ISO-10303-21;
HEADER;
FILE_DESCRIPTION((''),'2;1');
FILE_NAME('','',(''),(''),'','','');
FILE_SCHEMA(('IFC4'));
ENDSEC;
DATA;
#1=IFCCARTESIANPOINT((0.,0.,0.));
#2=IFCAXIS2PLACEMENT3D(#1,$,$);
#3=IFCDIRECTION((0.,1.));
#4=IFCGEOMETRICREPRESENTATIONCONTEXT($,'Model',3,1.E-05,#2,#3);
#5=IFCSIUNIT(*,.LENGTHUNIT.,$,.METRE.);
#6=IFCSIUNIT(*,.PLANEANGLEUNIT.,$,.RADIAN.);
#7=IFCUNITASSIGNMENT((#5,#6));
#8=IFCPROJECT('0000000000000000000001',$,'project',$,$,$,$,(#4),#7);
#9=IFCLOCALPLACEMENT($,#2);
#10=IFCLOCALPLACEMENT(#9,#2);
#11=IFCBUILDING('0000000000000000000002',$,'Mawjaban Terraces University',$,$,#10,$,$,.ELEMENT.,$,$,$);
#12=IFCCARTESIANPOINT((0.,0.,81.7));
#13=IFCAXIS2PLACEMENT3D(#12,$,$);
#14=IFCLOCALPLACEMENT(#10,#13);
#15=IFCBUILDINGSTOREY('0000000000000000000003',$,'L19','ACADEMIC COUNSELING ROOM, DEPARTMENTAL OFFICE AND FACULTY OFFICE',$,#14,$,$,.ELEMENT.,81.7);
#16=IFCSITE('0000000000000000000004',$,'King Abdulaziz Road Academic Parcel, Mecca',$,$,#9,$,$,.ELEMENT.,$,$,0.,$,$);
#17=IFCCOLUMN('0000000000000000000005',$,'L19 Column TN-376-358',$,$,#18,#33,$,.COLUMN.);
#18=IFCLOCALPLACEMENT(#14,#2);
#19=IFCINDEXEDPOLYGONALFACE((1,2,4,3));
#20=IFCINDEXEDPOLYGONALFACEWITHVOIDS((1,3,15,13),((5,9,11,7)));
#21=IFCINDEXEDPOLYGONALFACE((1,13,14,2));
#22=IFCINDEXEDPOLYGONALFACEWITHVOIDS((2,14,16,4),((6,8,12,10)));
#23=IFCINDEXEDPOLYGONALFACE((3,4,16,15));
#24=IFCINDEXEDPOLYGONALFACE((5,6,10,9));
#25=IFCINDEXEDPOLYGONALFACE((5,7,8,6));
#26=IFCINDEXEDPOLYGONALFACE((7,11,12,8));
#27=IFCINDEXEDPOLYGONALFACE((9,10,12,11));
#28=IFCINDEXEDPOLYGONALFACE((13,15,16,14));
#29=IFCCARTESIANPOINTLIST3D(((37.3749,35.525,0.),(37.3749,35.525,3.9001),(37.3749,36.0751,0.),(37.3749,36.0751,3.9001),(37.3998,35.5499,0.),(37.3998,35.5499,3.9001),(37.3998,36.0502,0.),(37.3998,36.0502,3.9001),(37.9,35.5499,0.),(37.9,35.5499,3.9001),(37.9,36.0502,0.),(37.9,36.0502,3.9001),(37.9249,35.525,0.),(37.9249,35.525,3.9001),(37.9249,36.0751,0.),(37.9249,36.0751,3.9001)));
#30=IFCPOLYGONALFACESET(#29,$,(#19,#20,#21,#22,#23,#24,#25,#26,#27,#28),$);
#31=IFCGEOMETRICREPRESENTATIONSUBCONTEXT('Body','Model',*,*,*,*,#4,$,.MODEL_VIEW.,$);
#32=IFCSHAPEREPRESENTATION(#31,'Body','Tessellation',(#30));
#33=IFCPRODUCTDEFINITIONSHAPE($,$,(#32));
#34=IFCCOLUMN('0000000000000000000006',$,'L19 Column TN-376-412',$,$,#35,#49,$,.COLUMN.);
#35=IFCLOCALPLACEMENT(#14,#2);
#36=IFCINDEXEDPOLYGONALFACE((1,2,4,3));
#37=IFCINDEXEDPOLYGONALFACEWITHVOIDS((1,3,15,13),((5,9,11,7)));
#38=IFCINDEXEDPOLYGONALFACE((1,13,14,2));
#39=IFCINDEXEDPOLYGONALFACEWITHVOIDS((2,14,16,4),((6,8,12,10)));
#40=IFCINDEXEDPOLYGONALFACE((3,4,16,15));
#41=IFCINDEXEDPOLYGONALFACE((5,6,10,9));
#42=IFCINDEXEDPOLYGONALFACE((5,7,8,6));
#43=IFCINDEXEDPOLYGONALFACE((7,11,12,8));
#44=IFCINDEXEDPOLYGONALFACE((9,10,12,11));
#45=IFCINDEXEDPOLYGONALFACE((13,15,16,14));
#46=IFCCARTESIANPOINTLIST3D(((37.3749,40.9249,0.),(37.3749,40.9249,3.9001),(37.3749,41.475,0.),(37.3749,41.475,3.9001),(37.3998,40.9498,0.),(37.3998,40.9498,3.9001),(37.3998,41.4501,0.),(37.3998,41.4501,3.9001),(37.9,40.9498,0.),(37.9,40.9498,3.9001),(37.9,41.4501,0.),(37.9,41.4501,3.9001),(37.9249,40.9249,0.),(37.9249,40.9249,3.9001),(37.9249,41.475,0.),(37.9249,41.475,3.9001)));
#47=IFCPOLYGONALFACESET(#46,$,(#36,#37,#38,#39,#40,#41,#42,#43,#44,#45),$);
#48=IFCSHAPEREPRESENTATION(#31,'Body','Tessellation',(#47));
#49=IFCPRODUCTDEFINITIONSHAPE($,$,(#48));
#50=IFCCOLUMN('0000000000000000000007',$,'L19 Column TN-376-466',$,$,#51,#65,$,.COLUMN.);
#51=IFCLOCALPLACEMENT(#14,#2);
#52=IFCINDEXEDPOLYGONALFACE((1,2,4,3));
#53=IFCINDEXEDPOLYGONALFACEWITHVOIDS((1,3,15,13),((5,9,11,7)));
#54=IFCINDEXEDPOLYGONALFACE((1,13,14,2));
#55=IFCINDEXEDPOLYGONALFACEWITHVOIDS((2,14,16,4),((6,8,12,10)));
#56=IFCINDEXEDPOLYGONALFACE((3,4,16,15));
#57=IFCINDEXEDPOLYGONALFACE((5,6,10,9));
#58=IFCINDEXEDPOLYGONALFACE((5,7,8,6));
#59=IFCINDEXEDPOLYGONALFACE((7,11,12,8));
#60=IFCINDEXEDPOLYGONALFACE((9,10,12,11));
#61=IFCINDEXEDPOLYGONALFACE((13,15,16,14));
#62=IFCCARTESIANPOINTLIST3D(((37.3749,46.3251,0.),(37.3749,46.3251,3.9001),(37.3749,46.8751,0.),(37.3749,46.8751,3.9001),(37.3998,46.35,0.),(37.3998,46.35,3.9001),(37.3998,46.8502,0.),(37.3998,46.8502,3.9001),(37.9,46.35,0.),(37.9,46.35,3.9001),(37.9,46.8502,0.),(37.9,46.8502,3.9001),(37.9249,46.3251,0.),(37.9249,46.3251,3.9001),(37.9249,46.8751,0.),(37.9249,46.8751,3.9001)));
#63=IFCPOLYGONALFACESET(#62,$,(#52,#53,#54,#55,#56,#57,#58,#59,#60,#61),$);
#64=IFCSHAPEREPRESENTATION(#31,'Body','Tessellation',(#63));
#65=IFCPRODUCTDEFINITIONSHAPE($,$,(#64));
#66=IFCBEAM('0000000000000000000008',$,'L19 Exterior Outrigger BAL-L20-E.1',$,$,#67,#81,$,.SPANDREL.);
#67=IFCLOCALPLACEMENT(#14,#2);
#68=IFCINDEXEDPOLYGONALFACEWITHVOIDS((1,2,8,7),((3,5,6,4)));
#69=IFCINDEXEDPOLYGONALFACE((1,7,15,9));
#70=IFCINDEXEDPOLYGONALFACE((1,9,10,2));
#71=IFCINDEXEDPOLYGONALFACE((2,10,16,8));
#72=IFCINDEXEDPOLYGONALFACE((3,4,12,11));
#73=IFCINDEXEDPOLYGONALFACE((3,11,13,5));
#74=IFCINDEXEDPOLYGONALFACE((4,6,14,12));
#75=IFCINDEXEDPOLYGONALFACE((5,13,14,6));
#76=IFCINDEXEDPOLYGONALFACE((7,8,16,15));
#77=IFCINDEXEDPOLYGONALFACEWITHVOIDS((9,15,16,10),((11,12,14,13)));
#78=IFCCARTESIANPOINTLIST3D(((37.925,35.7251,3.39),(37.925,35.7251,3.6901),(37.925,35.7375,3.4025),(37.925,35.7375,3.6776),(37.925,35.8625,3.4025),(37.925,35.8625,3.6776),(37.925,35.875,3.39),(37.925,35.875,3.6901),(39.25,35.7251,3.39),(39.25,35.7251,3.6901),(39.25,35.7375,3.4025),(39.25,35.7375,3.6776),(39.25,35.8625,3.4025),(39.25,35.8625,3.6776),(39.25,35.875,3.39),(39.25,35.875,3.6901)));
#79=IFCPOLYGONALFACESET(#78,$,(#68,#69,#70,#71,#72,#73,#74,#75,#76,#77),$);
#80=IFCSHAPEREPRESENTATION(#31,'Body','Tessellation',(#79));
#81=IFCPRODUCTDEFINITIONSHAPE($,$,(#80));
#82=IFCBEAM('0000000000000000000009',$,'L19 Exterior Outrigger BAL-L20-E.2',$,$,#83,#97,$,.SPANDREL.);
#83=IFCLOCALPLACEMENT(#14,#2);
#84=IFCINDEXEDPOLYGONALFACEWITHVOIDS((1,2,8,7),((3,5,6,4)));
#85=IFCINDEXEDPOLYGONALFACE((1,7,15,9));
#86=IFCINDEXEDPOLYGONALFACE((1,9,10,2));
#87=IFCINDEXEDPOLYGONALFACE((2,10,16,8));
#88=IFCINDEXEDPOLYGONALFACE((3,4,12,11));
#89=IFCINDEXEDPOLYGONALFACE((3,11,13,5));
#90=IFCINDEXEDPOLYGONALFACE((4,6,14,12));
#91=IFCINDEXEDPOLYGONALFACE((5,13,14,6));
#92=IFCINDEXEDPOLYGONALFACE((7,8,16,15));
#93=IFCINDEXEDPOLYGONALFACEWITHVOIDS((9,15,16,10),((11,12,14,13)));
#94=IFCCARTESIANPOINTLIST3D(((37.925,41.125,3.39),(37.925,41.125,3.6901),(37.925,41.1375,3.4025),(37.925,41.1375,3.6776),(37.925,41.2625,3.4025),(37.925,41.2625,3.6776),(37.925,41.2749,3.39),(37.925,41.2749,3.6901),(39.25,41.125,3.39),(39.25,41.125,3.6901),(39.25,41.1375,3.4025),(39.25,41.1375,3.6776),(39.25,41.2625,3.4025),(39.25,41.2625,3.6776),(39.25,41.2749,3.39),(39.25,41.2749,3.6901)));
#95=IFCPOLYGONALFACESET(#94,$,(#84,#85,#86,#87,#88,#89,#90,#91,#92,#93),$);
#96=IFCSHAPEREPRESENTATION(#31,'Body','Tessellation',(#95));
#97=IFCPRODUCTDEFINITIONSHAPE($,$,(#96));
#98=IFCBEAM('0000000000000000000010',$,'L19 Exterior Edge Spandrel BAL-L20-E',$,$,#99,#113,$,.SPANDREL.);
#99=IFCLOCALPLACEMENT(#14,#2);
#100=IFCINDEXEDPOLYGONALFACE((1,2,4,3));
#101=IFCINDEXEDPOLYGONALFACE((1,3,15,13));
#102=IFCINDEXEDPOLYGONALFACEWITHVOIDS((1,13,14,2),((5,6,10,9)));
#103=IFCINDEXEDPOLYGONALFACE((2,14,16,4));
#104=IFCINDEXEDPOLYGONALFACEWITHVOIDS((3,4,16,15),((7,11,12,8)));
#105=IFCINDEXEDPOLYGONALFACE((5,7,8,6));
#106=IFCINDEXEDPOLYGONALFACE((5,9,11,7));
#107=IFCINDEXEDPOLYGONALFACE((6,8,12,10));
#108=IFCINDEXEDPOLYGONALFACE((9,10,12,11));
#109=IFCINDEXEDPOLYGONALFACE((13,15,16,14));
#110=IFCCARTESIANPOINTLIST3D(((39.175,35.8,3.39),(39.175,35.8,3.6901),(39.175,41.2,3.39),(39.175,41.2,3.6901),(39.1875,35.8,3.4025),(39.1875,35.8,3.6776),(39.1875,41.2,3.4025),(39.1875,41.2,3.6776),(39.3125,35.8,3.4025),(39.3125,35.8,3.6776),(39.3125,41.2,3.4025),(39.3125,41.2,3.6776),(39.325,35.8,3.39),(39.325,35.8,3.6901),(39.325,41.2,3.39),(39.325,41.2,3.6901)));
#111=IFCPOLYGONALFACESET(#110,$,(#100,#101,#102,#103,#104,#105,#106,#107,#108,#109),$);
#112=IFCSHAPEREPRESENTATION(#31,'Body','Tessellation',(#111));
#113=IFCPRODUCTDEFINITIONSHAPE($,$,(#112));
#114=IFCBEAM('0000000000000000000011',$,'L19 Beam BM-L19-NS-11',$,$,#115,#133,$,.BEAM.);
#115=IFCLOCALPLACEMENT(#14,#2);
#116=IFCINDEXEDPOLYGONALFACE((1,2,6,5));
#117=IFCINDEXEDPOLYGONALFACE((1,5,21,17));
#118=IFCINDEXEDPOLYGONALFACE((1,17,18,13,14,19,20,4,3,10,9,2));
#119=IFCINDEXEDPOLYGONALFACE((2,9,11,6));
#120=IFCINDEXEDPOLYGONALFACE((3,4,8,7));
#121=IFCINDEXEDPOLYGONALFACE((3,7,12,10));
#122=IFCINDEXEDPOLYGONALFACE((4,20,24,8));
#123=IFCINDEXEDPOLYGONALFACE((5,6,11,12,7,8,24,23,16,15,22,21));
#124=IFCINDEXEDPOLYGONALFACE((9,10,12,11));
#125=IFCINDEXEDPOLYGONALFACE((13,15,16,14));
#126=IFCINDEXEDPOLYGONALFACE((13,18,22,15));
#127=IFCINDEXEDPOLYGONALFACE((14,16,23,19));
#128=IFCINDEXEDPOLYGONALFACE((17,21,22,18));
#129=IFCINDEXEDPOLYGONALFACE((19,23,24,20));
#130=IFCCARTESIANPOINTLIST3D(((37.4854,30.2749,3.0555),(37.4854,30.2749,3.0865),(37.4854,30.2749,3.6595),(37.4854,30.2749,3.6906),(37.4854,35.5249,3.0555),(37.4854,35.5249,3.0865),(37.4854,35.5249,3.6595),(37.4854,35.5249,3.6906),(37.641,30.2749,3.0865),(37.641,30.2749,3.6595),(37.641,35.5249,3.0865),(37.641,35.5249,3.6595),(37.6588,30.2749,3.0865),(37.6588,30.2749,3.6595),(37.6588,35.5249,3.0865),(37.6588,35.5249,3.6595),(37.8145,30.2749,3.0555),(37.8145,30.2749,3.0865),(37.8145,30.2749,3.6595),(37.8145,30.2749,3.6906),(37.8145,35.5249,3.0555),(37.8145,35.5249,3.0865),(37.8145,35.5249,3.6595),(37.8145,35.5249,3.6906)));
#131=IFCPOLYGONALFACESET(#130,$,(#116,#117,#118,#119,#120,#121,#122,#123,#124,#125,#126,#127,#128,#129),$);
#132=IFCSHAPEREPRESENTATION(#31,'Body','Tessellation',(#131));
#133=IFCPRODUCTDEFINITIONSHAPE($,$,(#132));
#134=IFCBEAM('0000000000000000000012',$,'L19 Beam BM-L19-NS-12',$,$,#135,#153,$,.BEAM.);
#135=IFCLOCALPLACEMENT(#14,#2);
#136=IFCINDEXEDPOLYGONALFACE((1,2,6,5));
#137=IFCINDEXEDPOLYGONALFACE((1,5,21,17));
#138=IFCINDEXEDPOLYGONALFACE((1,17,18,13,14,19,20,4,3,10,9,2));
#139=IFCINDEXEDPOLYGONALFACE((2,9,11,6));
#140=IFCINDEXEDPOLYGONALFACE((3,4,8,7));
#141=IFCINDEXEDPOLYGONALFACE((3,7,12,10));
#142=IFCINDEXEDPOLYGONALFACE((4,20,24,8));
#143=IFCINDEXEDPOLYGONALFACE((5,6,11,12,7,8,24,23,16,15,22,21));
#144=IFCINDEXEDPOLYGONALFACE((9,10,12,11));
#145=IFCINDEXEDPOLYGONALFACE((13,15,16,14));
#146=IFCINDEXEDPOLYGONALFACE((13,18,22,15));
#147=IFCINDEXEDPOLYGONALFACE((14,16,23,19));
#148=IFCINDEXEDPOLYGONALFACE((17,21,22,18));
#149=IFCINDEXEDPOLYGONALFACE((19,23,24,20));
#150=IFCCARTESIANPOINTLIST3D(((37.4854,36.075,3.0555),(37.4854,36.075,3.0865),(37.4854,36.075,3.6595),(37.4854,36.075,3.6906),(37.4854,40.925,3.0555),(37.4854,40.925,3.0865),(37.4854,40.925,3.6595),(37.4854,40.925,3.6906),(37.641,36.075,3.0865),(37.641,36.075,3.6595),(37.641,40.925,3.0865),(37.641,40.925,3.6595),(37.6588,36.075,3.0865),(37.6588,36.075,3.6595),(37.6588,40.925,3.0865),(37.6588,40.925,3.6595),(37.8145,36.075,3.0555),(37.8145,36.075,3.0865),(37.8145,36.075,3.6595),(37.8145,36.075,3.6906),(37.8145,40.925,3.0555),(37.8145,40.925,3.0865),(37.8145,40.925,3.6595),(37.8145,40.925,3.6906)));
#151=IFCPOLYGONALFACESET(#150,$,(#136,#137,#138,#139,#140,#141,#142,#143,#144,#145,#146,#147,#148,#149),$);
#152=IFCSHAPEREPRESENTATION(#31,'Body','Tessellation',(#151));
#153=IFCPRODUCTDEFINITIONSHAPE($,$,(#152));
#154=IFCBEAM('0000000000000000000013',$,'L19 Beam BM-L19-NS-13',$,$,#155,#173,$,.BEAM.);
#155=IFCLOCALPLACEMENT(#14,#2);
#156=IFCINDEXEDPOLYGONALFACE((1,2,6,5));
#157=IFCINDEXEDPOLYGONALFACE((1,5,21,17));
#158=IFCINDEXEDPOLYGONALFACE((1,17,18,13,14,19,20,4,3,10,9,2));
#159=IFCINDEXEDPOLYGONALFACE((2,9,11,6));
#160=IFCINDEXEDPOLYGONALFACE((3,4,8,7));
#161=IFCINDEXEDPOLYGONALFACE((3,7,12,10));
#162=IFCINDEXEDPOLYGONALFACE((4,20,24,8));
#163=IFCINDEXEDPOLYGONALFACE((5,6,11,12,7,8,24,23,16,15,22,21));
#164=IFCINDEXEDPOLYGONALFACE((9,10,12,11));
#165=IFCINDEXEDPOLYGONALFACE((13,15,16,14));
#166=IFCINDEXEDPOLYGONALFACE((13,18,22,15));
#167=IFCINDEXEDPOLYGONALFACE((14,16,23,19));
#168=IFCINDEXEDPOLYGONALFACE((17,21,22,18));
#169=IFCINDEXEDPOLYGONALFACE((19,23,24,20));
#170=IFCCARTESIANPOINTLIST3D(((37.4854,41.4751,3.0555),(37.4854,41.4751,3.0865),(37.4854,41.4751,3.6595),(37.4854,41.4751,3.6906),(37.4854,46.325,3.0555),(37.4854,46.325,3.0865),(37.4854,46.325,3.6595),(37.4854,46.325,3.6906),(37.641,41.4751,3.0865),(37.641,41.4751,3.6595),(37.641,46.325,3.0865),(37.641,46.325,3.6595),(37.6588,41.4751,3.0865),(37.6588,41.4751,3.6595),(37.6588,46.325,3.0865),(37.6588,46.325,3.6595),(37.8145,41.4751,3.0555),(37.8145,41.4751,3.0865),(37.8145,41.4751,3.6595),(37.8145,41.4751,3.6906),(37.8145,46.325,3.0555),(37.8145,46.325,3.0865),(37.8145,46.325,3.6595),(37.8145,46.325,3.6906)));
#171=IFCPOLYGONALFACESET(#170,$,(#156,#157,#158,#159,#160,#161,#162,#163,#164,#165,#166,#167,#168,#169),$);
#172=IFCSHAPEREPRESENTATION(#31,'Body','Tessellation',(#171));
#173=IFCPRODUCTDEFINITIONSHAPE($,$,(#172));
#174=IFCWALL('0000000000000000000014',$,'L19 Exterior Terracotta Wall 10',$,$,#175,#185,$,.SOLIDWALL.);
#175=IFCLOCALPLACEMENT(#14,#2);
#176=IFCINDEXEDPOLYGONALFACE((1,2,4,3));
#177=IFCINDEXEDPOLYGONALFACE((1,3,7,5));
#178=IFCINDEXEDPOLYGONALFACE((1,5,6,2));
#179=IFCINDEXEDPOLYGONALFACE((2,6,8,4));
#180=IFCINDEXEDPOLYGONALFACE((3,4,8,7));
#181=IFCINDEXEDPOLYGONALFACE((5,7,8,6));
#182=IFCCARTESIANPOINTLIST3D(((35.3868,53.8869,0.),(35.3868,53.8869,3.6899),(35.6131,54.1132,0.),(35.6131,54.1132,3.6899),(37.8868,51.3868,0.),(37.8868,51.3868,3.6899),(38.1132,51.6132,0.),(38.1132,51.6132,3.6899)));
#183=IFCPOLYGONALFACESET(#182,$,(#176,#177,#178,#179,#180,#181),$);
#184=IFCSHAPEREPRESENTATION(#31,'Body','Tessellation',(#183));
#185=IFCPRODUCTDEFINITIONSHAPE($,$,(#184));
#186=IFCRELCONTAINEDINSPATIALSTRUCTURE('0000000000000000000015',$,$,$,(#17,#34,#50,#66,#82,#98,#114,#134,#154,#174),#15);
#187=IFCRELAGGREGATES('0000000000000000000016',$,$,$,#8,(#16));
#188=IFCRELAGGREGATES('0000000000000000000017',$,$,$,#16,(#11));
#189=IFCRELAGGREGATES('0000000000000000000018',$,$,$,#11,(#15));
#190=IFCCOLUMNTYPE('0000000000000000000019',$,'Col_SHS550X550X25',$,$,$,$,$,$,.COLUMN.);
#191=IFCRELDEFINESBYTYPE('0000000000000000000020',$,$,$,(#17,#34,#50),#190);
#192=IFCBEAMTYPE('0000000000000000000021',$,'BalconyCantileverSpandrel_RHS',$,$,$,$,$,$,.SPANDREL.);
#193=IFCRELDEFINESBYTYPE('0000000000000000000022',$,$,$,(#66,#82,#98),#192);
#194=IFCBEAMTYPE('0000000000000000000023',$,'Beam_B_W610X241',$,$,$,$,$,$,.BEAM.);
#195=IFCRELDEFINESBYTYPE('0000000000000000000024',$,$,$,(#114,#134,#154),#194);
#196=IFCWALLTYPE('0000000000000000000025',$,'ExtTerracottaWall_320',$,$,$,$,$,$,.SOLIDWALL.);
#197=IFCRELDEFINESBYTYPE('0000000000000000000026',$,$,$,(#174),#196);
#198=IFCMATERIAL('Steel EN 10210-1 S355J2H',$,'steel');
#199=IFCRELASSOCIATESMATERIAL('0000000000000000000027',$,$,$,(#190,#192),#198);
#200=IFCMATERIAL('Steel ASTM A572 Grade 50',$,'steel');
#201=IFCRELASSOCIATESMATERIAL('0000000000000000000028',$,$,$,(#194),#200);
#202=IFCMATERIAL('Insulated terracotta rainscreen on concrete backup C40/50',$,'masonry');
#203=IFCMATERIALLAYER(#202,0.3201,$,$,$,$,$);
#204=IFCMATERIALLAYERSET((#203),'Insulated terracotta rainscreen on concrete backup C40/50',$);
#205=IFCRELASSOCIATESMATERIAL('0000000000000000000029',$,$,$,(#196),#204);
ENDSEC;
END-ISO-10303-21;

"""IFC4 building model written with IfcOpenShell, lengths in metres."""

from ifc_helpers import new_model, si_unit, direction, frame, frame_2d, origin, origin_2d, place, context, subcontext, project, spatial, rectangle, hollow_rectangle, i_section, extrude, material, layer, layer_set, material_profile, profile_set, type_object, element, save


model = new_model("IFC4")

# Units and contexts
model_context = context("Model", 3, precision=1e-05, world=origin(), true_north=direction((0.0, 1.0)))
body_context = subcontext(model_context, "Body", "Model", "MODEL_VIEW")
ifc_project = project(units=[si_unit("LENGTHUNIT", "METRE"), si_unit("PLANEANGLEUNIT", "RADIAN")], contexts=[model_context])

# Site, building, storey
site_placement = place(None, origin())
site = spatial("IfcSite", under=ifc_project, at=site_placement, Name="King Abdulaziz Road Academic Parcel, Mecca", CompositionType="ELEMENT", RefElevation=0.0)
building_placement = place(site_placement, origin())
building = spatial("IfcBuilding", under=site, at=building_placement, Name="Mawjaban Terraces University", CompositionType="ELEMENT")
storey_placement = place(building_placement, frame((0.0, 0.0, 81.7)))
storey = spatial("IfcBuildingStorey", under=building, at=storey_placement, Name="L19", Description="ACADEMIC COUNSELING ROOM, DEPARTMENTAL OFFICE AND FACULTY OFFICE", CompositionType="ELEMENT", Elevation=81.7)

# Columns
ifc_material_1 = material(Name="Steel EN 10210-1 S355J2H", Category="steel")
ifc_material_profile_1 = material_profile(ifc_material_1, hollow_rectangle(XDim=0.55, YDim=0.55, WallThickness=0.0249, at=origin_2d()), Name="SHS550X550X25")
ifc_profile_set_1 = profile_set([ifc_material_profile_1], Name="Steel EN 10210-1 S355J2H")
column_type = type_object("IfcColumnType", Name="Col_SHS550X550X25", PredefinedType="COLUMN", material=ifc_profile_set_1)
for number, where, z_axis, x_axis, name in (
    (1, (37.6499, 35.8, 0.0), (0.0, 0.0, 1.0), (1.0, 0.0, 0.0), "L19 Column TN-376-358"),
    (2, (37.6499, 41.2, 0.0), (0.0, 0.0, 1.0), (1.0, 0.0, 0.0), "L19 Column TN-376-412"),
    (3, (37.6499, 46.6001, 0.0), (0.0, 0.0, 1.0), (1.0, 0.0, 0.0), "L19 Column TN-376-466"),
):
    element("IfcColumn", number, at=place(storey_placement, frame(where, z_axis=z_axis, x_axis=x_axis)), inside=storey, type_object=column_type, Name=name, PredefinedType="COLUMN", context=body_context, shape_type="SweptSolid", body=[
        extrude(hollow_rectangle(XDim=0.55, YDim=0.55, WallThickness=0.0249, at=origin_2d()), origin(), (0.0, 0.0, 1.0), 3.9001),
    ])

# Beams
ifc_material_profile_2 = material_profile(ifc_material_1, hollow_rectangle(XDim=0.1499, YDim=0.3, WallThickness=0.0125, at=origin_2d()), Name="RHS300X150X12.5")
ifc_profile_set_2 = profile_set([ifc_material_profile_2], Name="Steel EN 10210-1 S355J2H")
beam_type_1 = type_object("IfcBeamType", Name="BalconyCantileverSpandrel_RHS", PredefinedType="SPANDREL", material=ifc_profile_set_2)
for number, where, z_axis, x_axis, name in (
    (4, (37.925, 35.8, 3.54), (1.0, 0.0, 0.0), (0.0, 1.0, 0.0), "L19 Exterior Outrigger BAL-L20-E.1"),
    (5, (37.925, 41.2, 3.54), (1.0, 0.0, 0.0), (0.0, 1.0, 0.0), "L19 Exterior Outrigger BAL-L20-E.2"),
):
    element("IfcBeam", number, at=place(storey_placement, frame(where, z_axis=z_axis, x_axis=x_axis)), inside=storey, type_object=beam_type_1, Name=name, PredefinedType="SPANDREL", context=body_context, shape_type="SweptSolid", body=[
        extrude(hollow_rectangle(XDim=0.1499, YDim=0.3, WallThickness=0.0125, at=origin_2d()), origin(), (0.0, 0.0, 1.0), 1.325),
    ])
beam_1_placement = place(storey_placement, frame((39.25, 35.8, 3.54), z_axis=(0.0, 1.0, 0.0), x_axis=(-1.0, 0.0, 0.0)))
element("IfcBeam", 6, at=beam_1_placement, inside=storey, type_object=beam_type_1, Name="L19 Exterior Edge Spandrel BAL-L20-E", PredefinedType="SPANDREL", context=body_context, shape_type="SweptSolid", body=[
    extrude(hollow_rectangle(XDim=0.1499, YDim=0.3, WallThickness=0.0125, at=origin_2d()), origin(), (0.0, 0.0, 1.0), 5.3999),
])
ifc_material_2 = material(Name="Steel ASTM A572 Grade 50", Category="steel")
ifc_material_profile_3 = material_profile(ifc_material_2, i_section(OverallWidth=0.3291, OverallDepth=0.635, WebThickness=0.0178, FlangeThickness=0.031, at=origin_2d()), Name="W610X241")
ifc_profile_set_3 = profile_set([ifc_material_profile_3], Name="Steel ASTM A572 Grade 50")
beam_type_2 = type_object("IfcBeamType", Name="Beam_B_W610X241", PredefinedType="BEAM", material=ifc_profile_set_3)
beam_2_placement = place(storey_placement, frame((37.6499, 30.2749, 3.373), z_axis=(0.0, 1.0, 0.0), x_axis=(-1.0, 0.0, 0.0)))
element("IfcBeam", 7, at=beam_2_placement, inside=storey, type_object=beam_type_2, Name="L19 Beam BM-L19-NS-11", PredefinedType="BEAM", context=body_context, shape_type="SweptSolid", body=[
    extrude(i_section(OverallWidth=0.3291, OverallDepth=0.635, WebThickness=0.0178, FlangeThickness=0.031, at=origin_2d()), origin(), (0.0, 0.0, 1.0), 5.25),
])
beam_3_placement = place(storey_placement, frame((37.6499, 36.075, 3.373), z_axis=(0.0, 1.0, 0.0), x_axis=(-1.0, 0.0, 0.0)))
element("IfcBeam", 8, at=beam_3_placement, inside=storey, type_object=beam_type_2, Name="L19 Beam BM-L19-NS-12", PredefinedType="BEAM", context=body_context, shape_type="SweptSolid", body=[
    extrude(i_section(OverallWidth=0.3291, OverallDepth=0.635, WebThickness=0.0178, FlangeThickness=0.031, at=origin_2d()), origin(), (0.0, 0.0, 1.0), 4.8501),
])
beam_4_placement = place(storey_placement, frame((37.6499, 41.4751, 3.373), z_axis=(0.0, 1.0, 0.0), x_axis=(-1.0, 0.0, 0.0)))
element("IfcBeam", 9, at=beam_4_placement, inside=storey, type_object=beam_type_2, Name="L19 Beam BM-L19-NS-13", PredefinedType="BEAM", context=body_context, shape_type="SweptSolid", body=[
    extrude(i_section(OverallWidth=0.3291, OverallDepth=0.635, WebThickness=0.0178, FlangeThickness=0.031, at=origin_2d()), origin(), (0.0, 0.0, 1.0), 4.8499),
])

# Wall
ifc_material_3 = material(Name="Insulated terracotta rainscreen on concrete backup C40/50", Category="masonry")
ifc_layer_1 = layer(ifc_material_3, 0.3201)
ifc_layer_set_1 = layer_set([ifc_layer_1], Name="Insulated terracotta rainscreen on concrete backup C40/50")
wall_type_1 = type_object("IfcWallType", Name="ExtTerracottaWall_320", PredefinedType="SOLIDWALL", material=ifc_layer_set_1)
wall_1_placement = place(storey_placement, frame((38.0, 51.5, 0.0), z_axis=(0.0, 0.0, 1.0), x_axis=(-0.707107, 0.707107, 0.0)))
element("IfcWall", 10, at=wall_1_placement, inside=storey, type_object=wall_type_1, Name="L19 Exterior Terracotta Wall 10", PredefinedType="SOLIDWALL", context=body_context, shape_type="SweptSolid", body=[
    extrude(rectangle(XDim=3.5356, YDim=0.3201, at=frame_2d((1.7678, 0.0))), origin(), (0.0, 0.0, 1.0), 3.6899),
])

save(model, "model.ifc")
